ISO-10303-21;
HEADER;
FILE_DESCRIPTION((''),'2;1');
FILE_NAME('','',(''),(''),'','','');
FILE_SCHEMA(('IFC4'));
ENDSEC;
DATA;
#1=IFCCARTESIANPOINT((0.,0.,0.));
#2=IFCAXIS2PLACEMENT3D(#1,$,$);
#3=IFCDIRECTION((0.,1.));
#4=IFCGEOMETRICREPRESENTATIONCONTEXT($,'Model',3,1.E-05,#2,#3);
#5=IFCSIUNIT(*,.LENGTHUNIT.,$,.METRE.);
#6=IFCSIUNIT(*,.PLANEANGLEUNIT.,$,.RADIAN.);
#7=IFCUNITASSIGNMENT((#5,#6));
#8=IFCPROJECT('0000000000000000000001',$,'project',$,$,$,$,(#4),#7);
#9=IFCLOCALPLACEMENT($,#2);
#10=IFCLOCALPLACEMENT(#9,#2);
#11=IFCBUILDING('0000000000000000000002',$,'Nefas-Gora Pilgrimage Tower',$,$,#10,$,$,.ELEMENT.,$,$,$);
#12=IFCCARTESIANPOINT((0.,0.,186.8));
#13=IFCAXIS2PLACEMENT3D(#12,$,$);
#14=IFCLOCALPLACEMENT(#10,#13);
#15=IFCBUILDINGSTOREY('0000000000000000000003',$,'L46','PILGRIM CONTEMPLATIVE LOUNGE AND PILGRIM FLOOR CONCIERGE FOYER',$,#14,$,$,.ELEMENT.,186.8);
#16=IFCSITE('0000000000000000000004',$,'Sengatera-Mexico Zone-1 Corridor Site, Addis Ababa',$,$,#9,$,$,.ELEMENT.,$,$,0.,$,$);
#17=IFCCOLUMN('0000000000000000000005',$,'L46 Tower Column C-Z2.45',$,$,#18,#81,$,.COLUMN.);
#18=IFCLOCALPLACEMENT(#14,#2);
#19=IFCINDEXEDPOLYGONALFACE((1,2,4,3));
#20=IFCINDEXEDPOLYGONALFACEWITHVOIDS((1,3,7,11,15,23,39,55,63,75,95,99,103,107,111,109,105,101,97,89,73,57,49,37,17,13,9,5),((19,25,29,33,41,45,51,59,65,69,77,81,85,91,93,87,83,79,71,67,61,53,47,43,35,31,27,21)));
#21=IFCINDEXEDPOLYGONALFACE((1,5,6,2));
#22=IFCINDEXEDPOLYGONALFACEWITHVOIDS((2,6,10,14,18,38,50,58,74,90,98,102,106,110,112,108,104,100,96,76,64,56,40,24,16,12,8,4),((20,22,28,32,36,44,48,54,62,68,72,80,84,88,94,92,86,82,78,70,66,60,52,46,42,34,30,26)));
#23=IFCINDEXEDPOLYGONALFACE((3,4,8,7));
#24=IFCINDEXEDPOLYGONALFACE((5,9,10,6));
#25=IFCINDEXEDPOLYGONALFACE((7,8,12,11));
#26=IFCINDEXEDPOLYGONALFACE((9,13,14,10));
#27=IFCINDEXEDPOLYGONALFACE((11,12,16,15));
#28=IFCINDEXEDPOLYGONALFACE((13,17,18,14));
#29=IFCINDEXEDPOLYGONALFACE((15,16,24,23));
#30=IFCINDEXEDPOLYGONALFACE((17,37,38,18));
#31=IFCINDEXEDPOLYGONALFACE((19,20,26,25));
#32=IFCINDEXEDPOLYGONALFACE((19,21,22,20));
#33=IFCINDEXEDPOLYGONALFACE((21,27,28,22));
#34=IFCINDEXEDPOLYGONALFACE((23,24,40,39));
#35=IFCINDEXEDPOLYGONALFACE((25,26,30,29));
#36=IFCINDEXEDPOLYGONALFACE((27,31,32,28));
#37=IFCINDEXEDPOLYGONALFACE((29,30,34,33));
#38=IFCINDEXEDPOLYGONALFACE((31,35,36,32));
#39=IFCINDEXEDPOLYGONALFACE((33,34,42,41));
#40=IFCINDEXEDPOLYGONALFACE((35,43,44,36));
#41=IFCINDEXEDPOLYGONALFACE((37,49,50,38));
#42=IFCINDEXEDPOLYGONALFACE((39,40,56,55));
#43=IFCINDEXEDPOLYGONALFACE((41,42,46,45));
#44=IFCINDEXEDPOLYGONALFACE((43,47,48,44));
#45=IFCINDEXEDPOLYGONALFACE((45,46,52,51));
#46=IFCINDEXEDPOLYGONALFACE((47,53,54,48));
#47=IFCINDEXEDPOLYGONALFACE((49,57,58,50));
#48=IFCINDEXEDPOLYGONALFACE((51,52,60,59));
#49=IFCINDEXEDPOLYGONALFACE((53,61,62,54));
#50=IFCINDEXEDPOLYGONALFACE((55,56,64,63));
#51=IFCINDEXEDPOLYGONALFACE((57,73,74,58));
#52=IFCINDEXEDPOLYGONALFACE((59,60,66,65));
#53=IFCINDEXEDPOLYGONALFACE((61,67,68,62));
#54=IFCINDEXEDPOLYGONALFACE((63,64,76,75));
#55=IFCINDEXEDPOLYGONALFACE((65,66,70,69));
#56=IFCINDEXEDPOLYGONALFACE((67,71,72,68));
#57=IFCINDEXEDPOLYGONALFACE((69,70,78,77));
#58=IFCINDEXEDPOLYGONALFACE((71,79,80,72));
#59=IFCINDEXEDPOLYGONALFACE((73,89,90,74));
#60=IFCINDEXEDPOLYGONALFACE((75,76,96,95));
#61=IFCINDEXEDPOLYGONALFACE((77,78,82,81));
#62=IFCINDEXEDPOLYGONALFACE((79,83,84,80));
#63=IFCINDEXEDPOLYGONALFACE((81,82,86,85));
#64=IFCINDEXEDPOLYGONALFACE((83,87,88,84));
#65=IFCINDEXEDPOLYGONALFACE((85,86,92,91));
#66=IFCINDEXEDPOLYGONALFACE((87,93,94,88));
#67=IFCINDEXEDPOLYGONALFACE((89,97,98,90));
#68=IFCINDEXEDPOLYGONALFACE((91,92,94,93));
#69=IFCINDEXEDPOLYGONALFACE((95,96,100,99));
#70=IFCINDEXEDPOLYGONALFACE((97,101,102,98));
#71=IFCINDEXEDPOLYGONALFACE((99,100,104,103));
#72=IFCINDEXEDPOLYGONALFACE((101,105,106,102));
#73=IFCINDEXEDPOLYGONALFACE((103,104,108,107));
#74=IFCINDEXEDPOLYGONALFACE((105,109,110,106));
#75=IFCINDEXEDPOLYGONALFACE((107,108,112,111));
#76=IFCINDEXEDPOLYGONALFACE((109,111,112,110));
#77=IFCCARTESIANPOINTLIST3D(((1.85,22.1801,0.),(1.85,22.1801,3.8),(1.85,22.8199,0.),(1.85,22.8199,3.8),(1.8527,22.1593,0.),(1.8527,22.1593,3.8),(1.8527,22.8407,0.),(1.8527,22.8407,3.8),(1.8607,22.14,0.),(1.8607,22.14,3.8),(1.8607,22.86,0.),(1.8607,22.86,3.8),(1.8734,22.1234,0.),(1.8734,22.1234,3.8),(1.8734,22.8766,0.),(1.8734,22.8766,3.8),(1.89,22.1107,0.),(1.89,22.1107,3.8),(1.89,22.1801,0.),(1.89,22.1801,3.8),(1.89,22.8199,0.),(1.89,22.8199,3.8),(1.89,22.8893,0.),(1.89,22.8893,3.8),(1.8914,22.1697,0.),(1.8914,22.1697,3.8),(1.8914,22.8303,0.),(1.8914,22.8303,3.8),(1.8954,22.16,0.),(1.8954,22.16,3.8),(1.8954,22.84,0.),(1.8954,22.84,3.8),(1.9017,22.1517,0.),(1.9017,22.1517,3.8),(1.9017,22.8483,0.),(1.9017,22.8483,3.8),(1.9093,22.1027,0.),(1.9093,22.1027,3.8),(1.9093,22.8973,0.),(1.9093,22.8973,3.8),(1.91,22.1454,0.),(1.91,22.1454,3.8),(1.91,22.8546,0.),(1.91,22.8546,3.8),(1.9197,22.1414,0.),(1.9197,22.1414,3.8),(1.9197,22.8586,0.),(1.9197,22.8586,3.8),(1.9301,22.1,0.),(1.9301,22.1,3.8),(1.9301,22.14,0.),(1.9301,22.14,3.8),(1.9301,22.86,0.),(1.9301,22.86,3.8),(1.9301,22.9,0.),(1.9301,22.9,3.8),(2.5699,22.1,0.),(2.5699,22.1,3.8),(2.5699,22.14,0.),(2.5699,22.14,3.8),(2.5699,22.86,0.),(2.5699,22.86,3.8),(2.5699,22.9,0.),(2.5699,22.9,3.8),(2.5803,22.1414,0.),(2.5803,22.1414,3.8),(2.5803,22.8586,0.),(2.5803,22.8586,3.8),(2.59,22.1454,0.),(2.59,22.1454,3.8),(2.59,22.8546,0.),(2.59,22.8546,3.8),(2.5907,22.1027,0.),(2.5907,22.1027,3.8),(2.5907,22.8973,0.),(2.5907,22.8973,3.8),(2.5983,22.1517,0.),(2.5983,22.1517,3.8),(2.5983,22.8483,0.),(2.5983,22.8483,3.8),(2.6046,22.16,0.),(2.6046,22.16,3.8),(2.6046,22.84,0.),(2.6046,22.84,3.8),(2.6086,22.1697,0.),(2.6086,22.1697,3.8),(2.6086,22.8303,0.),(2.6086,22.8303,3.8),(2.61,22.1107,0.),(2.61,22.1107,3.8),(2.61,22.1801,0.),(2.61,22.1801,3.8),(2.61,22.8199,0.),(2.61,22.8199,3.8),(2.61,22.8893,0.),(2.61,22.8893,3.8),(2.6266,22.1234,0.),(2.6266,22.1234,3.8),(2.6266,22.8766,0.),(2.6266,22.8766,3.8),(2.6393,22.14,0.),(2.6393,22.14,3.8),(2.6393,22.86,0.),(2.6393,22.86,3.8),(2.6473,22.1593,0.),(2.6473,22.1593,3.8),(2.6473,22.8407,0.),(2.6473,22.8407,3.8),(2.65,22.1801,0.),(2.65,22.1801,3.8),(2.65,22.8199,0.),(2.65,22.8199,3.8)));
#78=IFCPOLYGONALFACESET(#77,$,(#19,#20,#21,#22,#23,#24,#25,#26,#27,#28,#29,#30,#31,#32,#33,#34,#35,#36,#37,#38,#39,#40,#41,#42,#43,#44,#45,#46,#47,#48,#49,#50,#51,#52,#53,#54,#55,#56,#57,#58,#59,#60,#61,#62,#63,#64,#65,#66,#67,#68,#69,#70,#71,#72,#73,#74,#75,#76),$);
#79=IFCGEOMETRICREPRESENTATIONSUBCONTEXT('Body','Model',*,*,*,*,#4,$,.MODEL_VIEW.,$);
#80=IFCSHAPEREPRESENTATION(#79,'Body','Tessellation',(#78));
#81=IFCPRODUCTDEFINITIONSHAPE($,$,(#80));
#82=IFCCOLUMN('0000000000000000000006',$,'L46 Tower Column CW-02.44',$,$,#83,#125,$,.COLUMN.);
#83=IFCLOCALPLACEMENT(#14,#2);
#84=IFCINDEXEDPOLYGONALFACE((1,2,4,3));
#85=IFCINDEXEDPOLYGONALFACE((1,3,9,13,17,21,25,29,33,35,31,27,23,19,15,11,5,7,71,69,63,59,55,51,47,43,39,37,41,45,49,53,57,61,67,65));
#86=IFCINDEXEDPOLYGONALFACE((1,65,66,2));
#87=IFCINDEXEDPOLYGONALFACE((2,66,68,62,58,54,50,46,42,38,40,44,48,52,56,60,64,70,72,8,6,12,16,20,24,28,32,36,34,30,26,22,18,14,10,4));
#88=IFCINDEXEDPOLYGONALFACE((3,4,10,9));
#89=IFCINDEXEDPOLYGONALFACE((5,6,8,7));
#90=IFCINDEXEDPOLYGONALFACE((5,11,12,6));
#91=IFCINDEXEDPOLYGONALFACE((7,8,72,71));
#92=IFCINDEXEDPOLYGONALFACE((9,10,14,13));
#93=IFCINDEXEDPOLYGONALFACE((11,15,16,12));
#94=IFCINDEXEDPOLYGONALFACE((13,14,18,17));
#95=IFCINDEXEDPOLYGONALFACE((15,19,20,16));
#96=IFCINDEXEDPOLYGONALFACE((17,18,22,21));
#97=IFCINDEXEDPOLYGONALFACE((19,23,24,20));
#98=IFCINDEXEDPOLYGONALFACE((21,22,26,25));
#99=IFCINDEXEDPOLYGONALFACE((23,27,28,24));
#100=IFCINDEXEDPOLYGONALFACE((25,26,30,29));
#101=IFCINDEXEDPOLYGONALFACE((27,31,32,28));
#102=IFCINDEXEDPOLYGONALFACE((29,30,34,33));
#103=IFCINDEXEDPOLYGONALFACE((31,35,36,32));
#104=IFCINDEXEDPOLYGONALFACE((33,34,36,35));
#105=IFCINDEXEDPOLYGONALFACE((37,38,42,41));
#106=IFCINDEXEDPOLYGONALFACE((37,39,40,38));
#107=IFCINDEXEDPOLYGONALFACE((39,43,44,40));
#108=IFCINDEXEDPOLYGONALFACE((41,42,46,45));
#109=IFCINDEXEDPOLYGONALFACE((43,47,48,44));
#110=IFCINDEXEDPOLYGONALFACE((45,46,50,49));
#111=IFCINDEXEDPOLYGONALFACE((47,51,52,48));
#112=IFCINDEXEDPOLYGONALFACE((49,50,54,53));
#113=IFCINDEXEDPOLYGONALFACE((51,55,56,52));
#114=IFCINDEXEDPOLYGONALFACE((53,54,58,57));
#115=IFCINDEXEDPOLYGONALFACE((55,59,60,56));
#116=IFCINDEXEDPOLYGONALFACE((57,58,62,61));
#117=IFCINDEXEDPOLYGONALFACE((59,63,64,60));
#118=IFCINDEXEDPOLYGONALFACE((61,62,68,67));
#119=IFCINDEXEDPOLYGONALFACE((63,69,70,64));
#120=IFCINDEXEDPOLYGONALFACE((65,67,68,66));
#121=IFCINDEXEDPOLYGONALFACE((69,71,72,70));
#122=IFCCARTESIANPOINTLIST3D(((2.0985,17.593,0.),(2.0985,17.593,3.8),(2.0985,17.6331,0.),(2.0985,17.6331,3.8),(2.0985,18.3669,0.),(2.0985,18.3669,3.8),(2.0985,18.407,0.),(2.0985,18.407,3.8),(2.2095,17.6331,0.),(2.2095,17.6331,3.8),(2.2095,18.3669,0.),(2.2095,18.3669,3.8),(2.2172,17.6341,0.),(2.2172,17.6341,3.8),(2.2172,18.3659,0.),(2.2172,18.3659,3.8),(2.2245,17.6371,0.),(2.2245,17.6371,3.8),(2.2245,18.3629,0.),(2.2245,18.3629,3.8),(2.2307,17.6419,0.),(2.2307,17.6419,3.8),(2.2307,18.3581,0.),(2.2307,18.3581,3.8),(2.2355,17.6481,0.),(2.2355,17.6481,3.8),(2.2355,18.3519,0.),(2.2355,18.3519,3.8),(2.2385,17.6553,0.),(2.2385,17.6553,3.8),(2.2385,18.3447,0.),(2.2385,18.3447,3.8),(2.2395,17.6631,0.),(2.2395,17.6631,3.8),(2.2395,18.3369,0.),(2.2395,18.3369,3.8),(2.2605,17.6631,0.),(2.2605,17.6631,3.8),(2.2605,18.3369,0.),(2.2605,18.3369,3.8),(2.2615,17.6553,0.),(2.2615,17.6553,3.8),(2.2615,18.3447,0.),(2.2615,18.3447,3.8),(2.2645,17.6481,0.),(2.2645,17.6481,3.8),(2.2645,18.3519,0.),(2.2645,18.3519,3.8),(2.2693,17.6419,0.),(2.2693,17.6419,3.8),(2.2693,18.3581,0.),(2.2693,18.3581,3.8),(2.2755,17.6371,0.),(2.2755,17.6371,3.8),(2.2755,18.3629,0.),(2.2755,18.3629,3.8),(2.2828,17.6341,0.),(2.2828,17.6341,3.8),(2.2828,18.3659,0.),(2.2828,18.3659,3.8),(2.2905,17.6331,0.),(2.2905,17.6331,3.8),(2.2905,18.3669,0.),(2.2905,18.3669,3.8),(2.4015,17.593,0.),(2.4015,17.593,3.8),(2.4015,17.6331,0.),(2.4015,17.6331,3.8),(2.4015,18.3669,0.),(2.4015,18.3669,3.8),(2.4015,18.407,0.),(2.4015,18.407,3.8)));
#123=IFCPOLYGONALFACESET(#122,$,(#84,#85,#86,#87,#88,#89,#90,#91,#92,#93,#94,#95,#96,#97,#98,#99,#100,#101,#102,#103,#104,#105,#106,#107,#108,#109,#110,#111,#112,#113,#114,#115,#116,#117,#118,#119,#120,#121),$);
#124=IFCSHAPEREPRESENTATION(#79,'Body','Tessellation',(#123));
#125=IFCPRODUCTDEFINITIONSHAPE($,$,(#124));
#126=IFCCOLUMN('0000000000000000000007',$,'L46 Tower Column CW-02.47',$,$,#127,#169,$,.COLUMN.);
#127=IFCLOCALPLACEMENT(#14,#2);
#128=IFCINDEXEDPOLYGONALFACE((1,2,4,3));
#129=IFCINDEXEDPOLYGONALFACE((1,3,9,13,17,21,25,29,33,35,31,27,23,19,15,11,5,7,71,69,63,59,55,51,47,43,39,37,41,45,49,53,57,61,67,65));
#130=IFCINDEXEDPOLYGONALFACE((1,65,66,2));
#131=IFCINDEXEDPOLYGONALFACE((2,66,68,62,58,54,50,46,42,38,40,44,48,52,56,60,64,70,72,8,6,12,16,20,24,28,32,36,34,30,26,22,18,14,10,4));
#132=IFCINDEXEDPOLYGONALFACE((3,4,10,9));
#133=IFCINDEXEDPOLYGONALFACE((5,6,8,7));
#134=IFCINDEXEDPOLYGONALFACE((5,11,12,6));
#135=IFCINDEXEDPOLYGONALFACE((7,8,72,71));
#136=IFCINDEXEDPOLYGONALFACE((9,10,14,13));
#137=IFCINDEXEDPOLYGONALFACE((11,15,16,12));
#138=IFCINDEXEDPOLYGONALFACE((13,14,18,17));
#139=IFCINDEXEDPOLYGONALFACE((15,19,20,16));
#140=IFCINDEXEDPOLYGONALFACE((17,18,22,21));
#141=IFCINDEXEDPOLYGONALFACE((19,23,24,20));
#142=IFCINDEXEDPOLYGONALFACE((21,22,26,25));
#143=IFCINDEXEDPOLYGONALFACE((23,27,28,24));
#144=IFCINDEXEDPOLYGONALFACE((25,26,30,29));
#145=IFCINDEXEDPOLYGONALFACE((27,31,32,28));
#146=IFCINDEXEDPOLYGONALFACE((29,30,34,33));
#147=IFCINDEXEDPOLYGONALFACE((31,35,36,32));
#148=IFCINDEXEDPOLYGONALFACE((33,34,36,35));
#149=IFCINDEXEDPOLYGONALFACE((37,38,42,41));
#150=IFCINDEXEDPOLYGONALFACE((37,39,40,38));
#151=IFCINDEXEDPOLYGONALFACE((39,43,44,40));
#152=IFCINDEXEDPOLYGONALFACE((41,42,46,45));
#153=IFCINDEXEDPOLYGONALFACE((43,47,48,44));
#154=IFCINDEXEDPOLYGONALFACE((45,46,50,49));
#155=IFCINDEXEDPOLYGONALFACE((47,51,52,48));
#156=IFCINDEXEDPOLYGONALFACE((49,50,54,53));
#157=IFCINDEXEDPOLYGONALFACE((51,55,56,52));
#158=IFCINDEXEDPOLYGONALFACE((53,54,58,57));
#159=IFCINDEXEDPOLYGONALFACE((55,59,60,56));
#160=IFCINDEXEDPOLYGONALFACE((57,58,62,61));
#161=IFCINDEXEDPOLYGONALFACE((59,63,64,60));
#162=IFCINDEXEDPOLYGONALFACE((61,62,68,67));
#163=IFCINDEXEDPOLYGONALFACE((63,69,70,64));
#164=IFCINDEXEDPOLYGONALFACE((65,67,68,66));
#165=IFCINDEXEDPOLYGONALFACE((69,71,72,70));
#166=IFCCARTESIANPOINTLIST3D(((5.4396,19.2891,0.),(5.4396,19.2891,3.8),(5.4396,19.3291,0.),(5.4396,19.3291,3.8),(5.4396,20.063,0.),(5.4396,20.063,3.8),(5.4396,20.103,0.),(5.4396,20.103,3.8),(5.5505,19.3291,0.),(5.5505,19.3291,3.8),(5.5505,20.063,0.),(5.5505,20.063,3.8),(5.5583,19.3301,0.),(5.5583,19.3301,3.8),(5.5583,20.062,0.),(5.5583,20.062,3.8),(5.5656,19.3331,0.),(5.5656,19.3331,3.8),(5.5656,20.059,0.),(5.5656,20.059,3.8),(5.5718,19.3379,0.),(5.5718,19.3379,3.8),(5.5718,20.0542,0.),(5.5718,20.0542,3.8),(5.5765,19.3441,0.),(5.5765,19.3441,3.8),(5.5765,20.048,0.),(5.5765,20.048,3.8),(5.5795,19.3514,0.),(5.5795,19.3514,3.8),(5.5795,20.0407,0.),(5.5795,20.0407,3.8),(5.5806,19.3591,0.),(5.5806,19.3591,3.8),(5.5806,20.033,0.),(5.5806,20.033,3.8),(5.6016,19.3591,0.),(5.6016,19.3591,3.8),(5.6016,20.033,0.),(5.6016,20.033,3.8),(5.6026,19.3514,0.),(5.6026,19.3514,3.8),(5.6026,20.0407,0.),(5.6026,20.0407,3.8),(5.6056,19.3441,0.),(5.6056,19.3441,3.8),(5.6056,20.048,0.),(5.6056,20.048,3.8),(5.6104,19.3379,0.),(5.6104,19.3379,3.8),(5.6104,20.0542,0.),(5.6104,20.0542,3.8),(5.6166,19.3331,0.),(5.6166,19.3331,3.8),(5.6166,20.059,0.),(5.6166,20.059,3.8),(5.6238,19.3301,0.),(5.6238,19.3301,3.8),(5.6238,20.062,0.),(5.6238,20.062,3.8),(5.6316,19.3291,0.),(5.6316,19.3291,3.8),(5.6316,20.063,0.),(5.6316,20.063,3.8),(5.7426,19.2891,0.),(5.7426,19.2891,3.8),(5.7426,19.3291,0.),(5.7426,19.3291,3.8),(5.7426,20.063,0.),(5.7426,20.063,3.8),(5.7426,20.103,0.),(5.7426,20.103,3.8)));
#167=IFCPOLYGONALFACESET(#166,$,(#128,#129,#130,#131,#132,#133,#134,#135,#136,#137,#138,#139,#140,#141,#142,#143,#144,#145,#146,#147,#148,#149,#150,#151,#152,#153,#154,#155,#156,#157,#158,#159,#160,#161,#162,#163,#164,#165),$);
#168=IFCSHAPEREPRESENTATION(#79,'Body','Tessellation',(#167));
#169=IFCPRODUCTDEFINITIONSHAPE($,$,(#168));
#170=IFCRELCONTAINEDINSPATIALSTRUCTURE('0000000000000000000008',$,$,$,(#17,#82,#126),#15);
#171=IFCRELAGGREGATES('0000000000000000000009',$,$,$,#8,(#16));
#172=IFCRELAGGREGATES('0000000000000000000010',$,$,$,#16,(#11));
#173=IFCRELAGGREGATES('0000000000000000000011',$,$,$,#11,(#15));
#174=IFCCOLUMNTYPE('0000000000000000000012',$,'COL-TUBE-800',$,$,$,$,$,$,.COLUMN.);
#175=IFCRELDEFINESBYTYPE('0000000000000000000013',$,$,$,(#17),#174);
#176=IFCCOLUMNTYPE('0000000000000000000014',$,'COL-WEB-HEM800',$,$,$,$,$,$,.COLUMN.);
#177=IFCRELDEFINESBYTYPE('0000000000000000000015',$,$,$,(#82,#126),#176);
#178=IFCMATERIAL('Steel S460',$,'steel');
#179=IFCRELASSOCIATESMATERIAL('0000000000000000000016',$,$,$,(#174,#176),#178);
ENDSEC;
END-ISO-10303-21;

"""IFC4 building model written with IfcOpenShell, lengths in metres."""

from ifc_helpers import new_model, si_unit, direction, frame, origin, origin_2d, place, context, subcontext, project, spatial, hollow_rectangle, i_section, extrude, source, transform, mapped, material, material_profile, profile_set, type_object, element, save


model = new_model("IFC4")

# Units and contexts
model_context = context("Model", 3, precision=1e-05, world=origin(), true_north=direction((0.0, 1.0)))
body_context = subcontext(model_context, "Body", "Model", "MODEL_VIEW")
ifc_project = project(units=[si_unit("LENGTHUNIT", "METRE"), si_unit("PLANEANGLEUNIT", "RADIAN")], contexts=[model_context])

# Site, building, storey
site_placement = place(None, origin())
site = spatial("IfcSite", under=ifc_project, at=site_placement, Name="Sengatera-Mexico Zone-1 Corridor Site, Addis Ababa", CompositionType="ELEMENT", RefElevation=0.0)
building_placement = place(site_placement, origin())
building = spatial("IfcBuilding", under=site, at=building_placement, Name="Nefas-Gora Pilgrimage Tower", CompositionType="ELEMENT")
storey_placement = place(building_placement, frame((0.0, 0.0, 186.8)))
storey = spatial("IfcBuildingStorey", under=building, at=storey_placement, Name="L46", Description="PILGRIM CONTEMPLATIVE LOUNGE AND PILGRIM FLOOR CONCIERGE FOYER", CompositionType="ELEMENT", Elevation=186.8)

# Columns
ifc_material_1 = material(Name="Steel S460", Category="steel")
ifc_material_profile_1 = material_profile(ifc_material_1, hollow_rectangle(XDim=0.8, YDim=0.8, WallThickness=0.04, InnerFilletRadius=0.04, OuterFilletRadius=0.0801, at=origin_2d()), Name="BOX 800x800x40")
ifc_profile_set_1 = profile_set([ifc_material_profile_1], Name="Steel S460")
column_type_1 = type_object("IfcColumnType", Name="COL-TUBE-800", PredefinedType="COLUMN", material=ifc_profile_set_1)
shared_shape_1 = source(origin(), body_context, "Body", "SweptSolid", [
    extrude(hollow_rectangle(XDim=0.8, YDim=0.8, WallThickness=0.04, InnerFilletRadius=0.04, OuterFilletRadius=0.0801, at=origin_2d()), origin(), (0.0, 0.0, 1.0), 3.8),
])
column_placement = place(storey_placement, frame((2.25, 22.5, 0.0), z_axis=(0.0, 0.0, 1.0), x_axis=(1.0, 0.0, 0.0)))
element("IfcColumn", 1, at=column_placement, inside=storey, type_object=column_type_1, Name="L46 Tower Column C-Z2.45", PredefinedType="COLUMN", context=body_context, shape_type="MappedRepresentation", body=[
    mapped(shared_shape_1, transform((0.0, 0.0, 0.0), x_axis=(1.0, 0.0, 0.0), y_axis=(0.0, 1.0, 0.0), z_axis=(0.0, 0.0, 1.0), scale=1.0)),
])
ifc_material_profile_2 = material_profile(ifc_material_1, i_section(OverallWidth=0.303, OverallDepth=0.814, WebThickness=0.021, FlangeThickness=0.04, FilletRadius=0.03, at=origin_2d()), Name="HEM 800")
ifc_profile_set_2 = profile_set([ifc_material_profile_2], Name="Steel S460")
column_type_2 = type_object("IfcColumnType", Name="COL-WEB-HEM800", PredefinedType="COLUMN", material=ifc_profile_set_2)
shared_shape_2 = source(origin(), body_context, "Body", "SweptSolid", [
    extrude(i_section(OverallWidth=0.303, OverallDepth=0.814, WebThickness=0.021, FlangeThickness=0.04, FilletRadius=0.03, at=origin_2d()), origin(), (0.0, 0.0, 1.0), 3.8),
])
for number, where, z_axis, x_axis, name in (
    (2, (2.25, 18.0, 0.0), (0.0, 0.0, 1.0), (1.0, 0.0, 0.0), "L46 Tower Column CW-02.44"),
    (3, (5.5911, 19.696, 0.0), (0.0, 0.0, 1.0), (1.0, 0.0, 0.0), "L46 Tower Column CW-02.47"),
):
    element("IfcColumn", number, at=place(storey_placement, frame(where, z_axis=z_axis, x_axis=x_axis)), inside=storey, type_object=column_type_2, Name=name, PredefinedType="COLUMN", context=body_context, shape_type="MappedRepresentation", body=[
        mapped(shared_shape_2, transform((0.0, 0.0, 0.0), x_axis=(1.0, 0.0, 0.0), y_axis=(0.0, 1.0, 0.0), z_axis=(0.0, 0.0, 1.0), scale=1.0)),
    ])

save(model, "model.ifc")
